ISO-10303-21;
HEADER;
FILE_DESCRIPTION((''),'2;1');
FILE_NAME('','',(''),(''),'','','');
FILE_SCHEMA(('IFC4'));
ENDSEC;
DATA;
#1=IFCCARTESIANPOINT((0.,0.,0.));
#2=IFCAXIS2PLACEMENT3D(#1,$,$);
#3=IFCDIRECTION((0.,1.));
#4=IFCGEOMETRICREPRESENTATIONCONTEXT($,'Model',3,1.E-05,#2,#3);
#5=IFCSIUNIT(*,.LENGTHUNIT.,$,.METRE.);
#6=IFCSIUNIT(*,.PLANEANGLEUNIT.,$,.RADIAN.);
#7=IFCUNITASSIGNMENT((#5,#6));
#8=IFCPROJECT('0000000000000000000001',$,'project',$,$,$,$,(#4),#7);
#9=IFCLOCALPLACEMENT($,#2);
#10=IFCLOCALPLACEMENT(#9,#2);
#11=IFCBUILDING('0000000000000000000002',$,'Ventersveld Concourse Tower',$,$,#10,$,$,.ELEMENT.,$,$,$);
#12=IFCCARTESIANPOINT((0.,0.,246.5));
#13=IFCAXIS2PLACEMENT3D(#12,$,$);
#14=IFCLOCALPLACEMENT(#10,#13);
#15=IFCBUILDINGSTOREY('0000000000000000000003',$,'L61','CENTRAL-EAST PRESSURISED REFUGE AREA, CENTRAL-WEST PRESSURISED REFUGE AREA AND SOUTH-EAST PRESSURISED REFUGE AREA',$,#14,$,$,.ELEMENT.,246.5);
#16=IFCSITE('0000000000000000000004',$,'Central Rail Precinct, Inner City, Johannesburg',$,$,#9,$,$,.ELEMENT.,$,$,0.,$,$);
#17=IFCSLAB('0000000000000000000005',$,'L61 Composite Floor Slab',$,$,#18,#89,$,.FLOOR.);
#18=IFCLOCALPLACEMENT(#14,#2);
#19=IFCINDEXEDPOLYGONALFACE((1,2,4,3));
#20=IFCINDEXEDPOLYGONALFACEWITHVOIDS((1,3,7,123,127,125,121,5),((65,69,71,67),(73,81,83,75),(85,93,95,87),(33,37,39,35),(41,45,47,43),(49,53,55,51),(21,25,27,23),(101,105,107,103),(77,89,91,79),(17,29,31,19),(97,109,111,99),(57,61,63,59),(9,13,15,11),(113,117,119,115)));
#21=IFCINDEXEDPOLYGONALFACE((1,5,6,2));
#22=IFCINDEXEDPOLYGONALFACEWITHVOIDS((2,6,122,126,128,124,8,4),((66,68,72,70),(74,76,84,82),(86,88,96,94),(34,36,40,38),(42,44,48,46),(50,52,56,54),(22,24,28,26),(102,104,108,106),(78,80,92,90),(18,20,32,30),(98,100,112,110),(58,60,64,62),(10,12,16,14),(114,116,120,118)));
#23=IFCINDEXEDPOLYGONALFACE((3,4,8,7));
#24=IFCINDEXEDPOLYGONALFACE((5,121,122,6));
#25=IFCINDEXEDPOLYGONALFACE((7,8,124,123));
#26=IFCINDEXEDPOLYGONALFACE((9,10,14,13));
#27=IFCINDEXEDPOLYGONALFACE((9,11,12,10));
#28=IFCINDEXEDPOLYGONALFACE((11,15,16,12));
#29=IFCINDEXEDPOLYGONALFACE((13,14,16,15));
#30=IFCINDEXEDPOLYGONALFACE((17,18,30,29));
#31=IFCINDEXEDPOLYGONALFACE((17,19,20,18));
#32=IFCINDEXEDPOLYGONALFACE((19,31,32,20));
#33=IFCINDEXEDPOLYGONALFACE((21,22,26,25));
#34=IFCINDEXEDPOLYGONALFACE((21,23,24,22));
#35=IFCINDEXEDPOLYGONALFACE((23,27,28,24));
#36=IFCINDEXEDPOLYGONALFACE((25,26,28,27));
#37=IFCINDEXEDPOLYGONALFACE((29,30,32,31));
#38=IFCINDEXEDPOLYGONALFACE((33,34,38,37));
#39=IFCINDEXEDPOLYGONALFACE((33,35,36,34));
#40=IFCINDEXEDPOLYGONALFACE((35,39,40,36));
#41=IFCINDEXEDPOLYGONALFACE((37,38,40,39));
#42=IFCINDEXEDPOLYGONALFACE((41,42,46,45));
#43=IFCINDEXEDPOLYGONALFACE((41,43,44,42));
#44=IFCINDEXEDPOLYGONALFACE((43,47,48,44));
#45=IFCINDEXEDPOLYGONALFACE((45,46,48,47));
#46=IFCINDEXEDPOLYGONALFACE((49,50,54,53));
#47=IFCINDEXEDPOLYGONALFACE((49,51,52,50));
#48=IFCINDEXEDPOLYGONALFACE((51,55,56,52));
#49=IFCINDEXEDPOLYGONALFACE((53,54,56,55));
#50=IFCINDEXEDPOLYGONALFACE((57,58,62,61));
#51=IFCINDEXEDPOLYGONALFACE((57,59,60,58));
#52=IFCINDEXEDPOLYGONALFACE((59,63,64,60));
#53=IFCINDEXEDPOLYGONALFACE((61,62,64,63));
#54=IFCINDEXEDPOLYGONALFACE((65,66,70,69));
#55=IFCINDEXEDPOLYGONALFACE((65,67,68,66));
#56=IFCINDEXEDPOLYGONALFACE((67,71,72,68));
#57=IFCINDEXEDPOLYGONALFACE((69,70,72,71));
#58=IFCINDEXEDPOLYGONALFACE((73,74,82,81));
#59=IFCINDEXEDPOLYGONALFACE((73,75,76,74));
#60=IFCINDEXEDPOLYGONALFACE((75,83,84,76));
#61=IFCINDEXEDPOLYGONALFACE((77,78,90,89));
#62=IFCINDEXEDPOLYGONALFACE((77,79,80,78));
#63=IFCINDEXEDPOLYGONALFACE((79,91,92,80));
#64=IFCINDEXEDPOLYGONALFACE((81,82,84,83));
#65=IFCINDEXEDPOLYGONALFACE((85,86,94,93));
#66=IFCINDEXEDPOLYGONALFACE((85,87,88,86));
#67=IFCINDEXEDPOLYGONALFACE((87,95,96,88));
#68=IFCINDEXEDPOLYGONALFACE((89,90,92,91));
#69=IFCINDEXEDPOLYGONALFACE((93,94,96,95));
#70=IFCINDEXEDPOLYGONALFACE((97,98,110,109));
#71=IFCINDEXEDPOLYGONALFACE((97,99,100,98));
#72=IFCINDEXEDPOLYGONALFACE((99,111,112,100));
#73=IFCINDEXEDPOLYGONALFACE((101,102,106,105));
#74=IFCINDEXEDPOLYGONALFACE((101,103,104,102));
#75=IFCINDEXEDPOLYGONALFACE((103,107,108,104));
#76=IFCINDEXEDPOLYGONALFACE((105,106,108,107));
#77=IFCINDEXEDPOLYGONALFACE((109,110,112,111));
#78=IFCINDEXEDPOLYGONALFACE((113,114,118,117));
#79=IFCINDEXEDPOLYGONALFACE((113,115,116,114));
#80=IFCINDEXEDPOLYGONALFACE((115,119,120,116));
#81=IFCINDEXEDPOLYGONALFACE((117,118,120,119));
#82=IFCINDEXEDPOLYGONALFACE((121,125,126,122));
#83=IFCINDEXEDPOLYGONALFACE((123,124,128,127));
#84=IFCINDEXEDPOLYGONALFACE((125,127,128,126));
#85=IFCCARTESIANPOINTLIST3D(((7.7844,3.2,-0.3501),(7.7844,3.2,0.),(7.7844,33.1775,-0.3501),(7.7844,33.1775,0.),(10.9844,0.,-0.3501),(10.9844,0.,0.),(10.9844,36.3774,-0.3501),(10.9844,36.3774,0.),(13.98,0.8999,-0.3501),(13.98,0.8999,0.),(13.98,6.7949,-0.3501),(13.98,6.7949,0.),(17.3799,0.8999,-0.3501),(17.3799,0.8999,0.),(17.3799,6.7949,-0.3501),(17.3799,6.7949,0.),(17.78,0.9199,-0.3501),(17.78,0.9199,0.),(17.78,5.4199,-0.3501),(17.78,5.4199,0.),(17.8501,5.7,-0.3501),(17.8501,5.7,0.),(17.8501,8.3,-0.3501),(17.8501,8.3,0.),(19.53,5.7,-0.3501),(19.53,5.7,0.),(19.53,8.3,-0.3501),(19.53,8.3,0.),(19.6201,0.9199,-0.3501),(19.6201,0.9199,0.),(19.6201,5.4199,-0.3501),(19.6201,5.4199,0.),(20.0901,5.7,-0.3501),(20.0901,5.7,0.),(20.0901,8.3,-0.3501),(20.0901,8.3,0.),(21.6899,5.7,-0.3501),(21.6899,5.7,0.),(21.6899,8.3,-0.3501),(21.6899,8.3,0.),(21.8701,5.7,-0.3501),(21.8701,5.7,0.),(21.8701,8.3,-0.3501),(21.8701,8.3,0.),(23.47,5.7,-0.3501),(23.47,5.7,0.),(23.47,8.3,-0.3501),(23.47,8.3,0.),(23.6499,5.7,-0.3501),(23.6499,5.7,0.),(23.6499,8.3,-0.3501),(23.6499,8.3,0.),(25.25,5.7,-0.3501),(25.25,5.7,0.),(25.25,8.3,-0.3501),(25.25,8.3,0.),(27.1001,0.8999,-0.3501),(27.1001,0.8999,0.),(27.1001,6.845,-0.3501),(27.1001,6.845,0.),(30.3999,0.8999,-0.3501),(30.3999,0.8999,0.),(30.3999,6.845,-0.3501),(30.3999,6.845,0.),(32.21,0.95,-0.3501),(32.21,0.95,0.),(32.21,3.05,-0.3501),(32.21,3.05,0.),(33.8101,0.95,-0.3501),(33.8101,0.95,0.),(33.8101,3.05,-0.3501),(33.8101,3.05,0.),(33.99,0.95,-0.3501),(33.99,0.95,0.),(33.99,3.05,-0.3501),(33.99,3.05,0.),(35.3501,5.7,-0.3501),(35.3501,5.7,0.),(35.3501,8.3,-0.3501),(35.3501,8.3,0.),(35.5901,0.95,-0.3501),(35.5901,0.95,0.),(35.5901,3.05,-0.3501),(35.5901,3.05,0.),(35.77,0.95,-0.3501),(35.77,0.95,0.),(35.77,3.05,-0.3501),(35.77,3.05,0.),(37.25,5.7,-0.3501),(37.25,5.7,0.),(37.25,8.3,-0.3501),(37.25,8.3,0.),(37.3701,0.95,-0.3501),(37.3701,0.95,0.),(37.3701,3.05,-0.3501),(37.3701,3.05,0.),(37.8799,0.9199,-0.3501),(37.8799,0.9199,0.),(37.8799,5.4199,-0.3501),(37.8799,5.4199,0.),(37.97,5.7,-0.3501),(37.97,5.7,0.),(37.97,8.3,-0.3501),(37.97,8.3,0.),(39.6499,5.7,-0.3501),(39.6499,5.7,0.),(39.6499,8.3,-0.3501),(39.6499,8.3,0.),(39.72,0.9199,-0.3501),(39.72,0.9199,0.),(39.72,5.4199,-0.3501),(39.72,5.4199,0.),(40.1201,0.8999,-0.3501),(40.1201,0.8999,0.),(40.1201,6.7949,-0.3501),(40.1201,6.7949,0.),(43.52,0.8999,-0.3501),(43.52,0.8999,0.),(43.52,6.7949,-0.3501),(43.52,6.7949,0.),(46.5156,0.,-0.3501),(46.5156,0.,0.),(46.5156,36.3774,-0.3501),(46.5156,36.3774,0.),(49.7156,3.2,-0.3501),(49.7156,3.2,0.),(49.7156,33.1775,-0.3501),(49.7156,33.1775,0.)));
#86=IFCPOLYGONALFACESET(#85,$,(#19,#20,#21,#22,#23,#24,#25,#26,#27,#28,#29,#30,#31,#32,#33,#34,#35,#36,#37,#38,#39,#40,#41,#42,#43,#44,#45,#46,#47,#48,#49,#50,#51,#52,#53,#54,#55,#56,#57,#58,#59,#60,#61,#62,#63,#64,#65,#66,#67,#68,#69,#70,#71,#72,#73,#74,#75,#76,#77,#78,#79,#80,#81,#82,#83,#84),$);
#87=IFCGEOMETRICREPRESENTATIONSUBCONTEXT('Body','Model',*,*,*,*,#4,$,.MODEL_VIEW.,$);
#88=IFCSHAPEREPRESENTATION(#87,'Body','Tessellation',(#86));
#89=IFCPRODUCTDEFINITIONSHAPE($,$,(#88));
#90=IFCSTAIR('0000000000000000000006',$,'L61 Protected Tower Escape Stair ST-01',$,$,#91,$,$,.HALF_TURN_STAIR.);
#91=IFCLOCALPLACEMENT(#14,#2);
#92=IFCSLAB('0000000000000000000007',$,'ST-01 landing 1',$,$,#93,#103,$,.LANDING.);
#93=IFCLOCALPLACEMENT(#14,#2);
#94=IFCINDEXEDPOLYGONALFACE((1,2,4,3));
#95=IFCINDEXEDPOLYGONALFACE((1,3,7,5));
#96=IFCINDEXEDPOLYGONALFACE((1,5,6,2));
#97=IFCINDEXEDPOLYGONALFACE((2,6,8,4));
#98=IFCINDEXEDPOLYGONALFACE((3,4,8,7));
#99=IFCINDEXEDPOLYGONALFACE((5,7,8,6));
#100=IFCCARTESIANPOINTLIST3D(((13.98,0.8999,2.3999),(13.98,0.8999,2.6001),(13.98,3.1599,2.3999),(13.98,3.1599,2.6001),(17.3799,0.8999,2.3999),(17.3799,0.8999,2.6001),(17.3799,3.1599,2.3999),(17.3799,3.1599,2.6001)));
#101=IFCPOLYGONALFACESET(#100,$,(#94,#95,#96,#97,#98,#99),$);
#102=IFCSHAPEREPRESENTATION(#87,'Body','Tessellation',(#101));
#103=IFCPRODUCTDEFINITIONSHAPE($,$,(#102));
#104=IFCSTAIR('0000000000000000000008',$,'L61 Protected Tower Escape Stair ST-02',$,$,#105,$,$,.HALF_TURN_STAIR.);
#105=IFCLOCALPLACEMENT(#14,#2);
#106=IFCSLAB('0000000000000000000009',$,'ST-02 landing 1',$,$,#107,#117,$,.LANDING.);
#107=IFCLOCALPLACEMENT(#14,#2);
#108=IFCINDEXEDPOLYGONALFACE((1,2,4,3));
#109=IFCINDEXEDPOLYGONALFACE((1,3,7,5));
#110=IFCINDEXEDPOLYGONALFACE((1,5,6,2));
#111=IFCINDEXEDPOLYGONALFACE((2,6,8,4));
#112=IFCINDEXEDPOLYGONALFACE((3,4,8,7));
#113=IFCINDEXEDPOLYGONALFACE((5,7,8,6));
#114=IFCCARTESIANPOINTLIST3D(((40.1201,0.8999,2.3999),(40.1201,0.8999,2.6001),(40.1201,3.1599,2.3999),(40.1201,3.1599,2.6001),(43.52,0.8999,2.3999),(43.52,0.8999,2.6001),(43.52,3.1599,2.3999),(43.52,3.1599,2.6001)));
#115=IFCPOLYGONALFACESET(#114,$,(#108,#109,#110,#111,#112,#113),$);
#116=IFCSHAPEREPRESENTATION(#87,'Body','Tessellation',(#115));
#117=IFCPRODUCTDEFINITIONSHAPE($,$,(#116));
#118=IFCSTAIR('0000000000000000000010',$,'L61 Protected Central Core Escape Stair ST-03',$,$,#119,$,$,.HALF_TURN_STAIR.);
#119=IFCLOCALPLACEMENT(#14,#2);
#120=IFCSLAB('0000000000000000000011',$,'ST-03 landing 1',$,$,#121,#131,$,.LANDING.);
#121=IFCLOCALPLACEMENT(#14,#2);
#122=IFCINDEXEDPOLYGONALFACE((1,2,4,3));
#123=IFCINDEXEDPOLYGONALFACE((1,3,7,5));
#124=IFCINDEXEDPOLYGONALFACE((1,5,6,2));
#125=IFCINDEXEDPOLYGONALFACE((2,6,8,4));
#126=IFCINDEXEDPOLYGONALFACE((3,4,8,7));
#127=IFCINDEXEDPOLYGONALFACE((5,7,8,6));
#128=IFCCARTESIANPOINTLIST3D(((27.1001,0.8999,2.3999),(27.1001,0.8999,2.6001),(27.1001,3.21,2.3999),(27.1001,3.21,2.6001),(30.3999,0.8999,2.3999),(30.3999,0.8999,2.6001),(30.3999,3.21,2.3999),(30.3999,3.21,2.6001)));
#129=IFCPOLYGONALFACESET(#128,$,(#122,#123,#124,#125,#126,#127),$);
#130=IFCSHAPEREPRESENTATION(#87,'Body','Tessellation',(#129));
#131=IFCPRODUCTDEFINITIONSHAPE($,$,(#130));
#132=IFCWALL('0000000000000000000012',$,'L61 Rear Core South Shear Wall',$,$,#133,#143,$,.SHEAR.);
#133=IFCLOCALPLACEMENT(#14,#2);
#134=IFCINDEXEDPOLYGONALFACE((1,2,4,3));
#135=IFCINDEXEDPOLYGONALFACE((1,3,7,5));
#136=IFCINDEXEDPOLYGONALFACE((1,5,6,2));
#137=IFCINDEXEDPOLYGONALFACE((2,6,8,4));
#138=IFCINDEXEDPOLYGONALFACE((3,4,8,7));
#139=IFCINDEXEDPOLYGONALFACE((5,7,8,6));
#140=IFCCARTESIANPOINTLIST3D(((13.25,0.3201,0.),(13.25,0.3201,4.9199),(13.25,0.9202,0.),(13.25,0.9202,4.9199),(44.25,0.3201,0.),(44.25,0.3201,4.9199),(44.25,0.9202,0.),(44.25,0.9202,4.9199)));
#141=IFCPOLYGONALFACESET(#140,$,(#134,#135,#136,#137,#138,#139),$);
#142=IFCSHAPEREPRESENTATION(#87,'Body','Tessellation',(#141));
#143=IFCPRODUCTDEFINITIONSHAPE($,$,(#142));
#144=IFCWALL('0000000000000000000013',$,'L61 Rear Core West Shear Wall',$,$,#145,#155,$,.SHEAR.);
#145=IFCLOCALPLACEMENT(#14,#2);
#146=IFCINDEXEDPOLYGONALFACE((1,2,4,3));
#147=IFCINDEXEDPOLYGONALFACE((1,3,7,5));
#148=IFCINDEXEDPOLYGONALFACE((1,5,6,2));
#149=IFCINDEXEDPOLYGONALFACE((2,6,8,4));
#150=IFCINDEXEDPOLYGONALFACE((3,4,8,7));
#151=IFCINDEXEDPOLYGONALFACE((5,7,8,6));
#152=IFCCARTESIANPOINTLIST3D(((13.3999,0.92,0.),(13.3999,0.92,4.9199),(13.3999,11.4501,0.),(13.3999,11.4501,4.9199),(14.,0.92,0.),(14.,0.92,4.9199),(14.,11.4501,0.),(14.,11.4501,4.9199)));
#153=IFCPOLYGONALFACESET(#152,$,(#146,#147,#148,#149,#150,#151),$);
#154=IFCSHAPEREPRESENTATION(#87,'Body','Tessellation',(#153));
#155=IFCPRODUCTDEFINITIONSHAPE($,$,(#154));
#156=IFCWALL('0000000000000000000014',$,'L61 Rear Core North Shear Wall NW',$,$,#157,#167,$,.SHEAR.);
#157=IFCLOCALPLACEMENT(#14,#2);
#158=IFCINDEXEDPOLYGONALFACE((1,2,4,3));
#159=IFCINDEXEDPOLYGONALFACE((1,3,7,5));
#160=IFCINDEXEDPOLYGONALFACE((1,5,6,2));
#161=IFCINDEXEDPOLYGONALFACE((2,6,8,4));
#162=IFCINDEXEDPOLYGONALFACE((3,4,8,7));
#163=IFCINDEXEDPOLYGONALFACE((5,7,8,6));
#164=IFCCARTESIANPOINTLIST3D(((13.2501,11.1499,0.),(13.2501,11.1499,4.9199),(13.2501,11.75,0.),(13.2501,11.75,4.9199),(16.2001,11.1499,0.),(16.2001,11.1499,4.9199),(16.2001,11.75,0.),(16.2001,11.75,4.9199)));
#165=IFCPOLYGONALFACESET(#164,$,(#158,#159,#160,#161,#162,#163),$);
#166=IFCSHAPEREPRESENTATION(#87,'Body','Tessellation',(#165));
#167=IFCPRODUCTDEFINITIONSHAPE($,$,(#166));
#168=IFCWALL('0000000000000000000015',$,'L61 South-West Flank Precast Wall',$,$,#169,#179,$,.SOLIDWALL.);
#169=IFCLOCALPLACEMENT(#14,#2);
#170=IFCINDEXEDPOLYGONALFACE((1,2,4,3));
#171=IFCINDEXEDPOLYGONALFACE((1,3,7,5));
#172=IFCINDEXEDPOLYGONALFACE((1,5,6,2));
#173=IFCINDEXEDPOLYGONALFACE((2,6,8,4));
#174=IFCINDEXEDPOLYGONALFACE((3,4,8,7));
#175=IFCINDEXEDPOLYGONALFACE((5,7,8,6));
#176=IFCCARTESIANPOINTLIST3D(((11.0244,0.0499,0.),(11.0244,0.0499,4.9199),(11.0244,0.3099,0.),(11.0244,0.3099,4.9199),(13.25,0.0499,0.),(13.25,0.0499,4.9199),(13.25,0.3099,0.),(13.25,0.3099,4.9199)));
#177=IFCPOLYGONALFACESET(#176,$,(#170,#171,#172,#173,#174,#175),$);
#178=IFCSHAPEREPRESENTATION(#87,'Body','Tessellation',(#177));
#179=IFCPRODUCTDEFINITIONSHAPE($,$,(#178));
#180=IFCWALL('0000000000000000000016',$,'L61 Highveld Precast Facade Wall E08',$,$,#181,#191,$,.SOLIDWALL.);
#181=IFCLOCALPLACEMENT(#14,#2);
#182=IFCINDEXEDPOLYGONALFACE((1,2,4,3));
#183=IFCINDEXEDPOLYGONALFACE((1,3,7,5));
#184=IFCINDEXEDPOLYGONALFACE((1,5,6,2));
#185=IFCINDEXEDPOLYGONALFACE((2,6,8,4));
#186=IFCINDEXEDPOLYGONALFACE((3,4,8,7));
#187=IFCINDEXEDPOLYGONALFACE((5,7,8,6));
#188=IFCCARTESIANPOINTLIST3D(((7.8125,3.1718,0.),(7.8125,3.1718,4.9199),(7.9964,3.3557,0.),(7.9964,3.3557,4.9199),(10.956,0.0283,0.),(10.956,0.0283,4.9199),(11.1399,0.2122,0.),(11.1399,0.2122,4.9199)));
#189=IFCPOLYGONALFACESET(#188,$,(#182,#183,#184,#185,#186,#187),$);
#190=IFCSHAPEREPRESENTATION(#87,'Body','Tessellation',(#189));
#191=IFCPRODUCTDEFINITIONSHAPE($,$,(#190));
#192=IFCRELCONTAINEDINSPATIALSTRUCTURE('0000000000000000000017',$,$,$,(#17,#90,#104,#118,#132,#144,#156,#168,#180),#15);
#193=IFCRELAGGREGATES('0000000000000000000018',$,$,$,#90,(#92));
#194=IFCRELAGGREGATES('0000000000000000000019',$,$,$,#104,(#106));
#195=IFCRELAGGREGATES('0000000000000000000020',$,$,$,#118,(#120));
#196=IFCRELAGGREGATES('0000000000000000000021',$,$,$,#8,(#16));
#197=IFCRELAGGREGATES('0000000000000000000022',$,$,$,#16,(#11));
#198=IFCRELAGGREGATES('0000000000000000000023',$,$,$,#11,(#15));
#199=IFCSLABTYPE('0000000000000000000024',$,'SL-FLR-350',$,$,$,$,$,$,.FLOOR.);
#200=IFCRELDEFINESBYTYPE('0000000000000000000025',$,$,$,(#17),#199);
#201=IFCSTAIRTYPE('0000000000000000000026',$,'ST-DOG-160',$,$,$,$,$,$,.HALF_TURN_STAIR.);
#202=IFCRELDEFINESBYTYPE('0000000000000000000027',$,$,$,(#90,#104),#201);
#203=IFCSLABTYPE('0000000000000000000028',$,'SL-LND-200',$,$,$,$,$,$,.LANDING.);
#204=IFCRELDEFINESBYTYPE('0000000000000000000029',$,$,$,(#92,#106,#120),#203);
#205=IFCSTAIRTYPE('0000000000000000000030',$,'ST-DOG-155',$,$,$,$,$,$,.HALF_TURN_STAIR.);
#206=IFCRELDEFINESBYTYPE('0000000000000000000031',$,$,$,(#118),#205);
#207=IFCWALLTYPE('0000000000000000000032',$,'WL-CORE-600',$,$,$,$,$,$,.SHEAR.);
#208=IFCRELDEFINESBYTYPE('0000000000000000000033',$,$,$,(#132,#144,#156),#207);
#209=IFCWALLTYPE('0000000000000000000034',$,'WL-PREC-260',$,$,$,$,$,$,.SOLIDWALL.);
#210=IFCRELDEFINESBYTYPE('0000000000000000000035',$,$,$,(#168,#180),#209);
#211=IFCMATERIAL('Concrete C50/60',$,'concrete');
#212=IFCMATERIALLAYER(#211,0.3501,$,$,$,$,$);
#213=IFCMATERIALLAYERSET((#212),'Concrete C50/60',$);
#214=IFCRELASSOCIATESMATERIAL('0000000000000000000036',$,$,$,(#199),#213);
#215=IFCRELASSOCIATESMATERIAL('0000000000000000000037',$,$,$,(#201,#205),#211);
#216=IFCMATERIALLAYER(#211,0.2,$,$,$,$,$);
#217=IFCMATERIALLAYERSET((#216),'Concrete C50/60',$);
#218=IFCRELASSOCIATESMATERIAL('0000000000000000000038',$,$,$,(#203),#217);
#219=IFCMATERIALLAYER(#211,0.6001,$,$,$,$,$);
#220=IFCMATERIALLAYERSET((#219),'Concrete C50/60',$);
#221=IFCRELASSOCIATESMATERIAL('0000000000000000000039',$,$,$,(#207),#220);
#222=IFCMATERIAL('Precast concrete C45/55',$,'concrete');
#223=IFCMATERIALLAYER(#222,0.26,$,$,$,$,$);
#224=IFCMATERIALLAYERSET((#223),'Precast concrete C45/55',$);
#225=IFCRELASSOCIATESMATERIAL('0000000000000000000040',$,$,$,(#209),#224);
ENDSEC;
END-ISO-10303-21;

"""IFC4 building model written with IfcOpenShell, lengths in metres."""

from ifc_helpers import new_model, si_unit, direction, frame, frame_2d, origin, place, context, subcontext, project, spatial, polyline, rectangle, outline, extrude, material, layer, layer_set, type_object, element, aggregate, save


model = new_model("IFC4")

# Units and contexts
model_context = context("Model", 3, precision=1e-05, world=origin(), true_north=direction((0.0, 1.0)))
body_context = subcontext(model_context, "Body", "Model", "MODEL_VIEW")
ifc_project = project(units=[si_unit("LENGTHUNIT", "METRE"), si_unit("PLANEANGLEUNIT", "RADIAN")], contexts=[model_context])

# Site, building, storey
site_placement = place(None, origin())
site = spatial("IfcSite", under=ifc_project, at=site_placement, Name="Central Rail Precinct, Inner City, Johannesburg", CompositionType="ELEMENT", RefElevation=0.0)
building_placement = place(site_placement, origin())
building = spatial("IfcBuilding", under=site, at=building_placement, Name="Ventersveld Concourse Tower", CompositionType="ELEMENT")
storey_placement = place(building_placement, frame((0.0, 0.0, 246.5)))
storey = spatial("IfcBuildingStorey", under=building, at=storey_placement, Name="L61", Description="CENTRAL-EAST PRESSURISED REFUGE AREA, CENTRAL-WEST PRESSURISED REFUGE AREA AND SOUTH-EAST PRESSURISED REFUGE AREA", CompositionType="ELEMENT", Elevation=246.5)

# Shared definitions
ifc_material_1 = material(Name="Concrete C50/60", Category="concrete")

# Slab
ifc_layer_1 = layer(ifc_material_1, 0.3501)
ifc_layer_set_1 = layer_set([ifc_layer_1], Name="Concrete C50/60")
slab_type_1 = type_object("IfcSlabType", Name="SL-FLR-350", PredefinedType="FLOOR", material=ifc_layer_set_1)
slab_1_placement = place(storey_placement, frame((0.0, 0.0, -0.3501)))
element("IfcSlab", 1, at=slab_1_placement, inside=storey, type_object=slab_type_1, Name="L61 Composite Floor Slab", PredefinedType="FLOOR", context=body_context, shape_type="SweptSolid", body=[
    extrude(outline(polyline([(10.9844, 0.0), (46.5156, 0.0), (49.7156, 3.2), (49.7156, 33.1775), (46.5156, 36.3774), (10.9844, 36.3774), (7.7844, 33.1775), (7.7844, 3.2), (10.9844, 0.0)]), holes=[polyline([(13.98, 6.7949), (13.98, 0.8999), (17.3799, 0.8999), (17.3799, 6.7949), (13.98, 6.7949)]), polyline([(40.1201, 6.7949), (40.1201, 0.8999), (43.52, 0.8999), (43.52, 6.7949), (40.1201, 6.7949)]), polyline([(27.1001, 6.845), (27.1001, 0.8999), (30.3999, 0.8999), (30.3999, 6.845), (27.1001, 6.845)]), polyline([(17.8501, 5.7), (19.53, 5.7), (19.53, 8.3), (17.8501, 8.3), (17.8501, 5.7)]), polyline([(37.97, 5.7), (39.6499, 5.7), (39.6499, 8.3), (37.97, 8.3), (37.97, 5.7)]), polyline([(35.3501, 5.7), (37.25, 5.7), (37.25, 8.3), (35.3501, 8.3), (35.3501, 5.7)]), polyline([(32.21, 0.95), (33.8101, 0.95), (33.8101, 3.05), (32.21, 3.05), (32.21, 0.95)]), polyline([(33.99, 0.95), (35.5901, 0.95), (35.5901, 3.05), (33.99, 3.05), (33.99, 0.95)]), polyline([(35.77, 0.95), (37.3701, 0.95), (37.3701, 3.05), (35.77, 3.05), (35.77, 0.95)]), polyline([(20.0901, 5.7), (21.6899, 5.7), (21.6899, 8.3), (20.0901, 8.3), (20.0901, 5.7)]), polyline([(21.8701, 5.7), (23.47, 5.7), (23.47, 8.3), (21.8701, 8.3), (21.8701, 5.7)]), polyline([(23.6499, 5.7), (25.25, 5.7), (25.25, 8.3), (23.6499, 8.3), (23.6499, 5.7)]), polyline([(17.78, 0.9199), (19.6201, 0.9199), (19.6201, 5.4199), (17.78, 5.4199), (17.78, 0.9199)]), polyline([(37.8799, 0.9199), (39.72, 0.9199), (39.72, 5.4199), (37.8799, 5.4199), (37.8799, 0.9199)])]), origin(), (0.0, 0.0, 1.0), 0.3501),
])

# Stairs, slabs
stair_type_1 = type_object("IfcStairType", Name="ST-DOG-160", PredefinedType="HALF_TURN_STAIR", material=ifc_material_1)
stair_1_placement = place(storey_placement, origin())
stair_1 = element("IfcStair", 2, at=stair_1_placement, inside=storey, type_object=stair_type_1, Name="L61 Protected Tower Escape Stair ST-01", PredefinedType="HALF_TURN_STAIR")
ifc_layer_2 = layer(ifc_material_1, 0.2)
ifc_layer_set_2 = layer_set([ifc_layer_2], Name="Concrete C50/60")
slab_type_2 = type_object("IfcSlabType", Name="SL-LND-200", PredefinedType="LANDING", material=ifc_layer_set_2)
slab_2_placement = place(storey_placement, frame((0.0, 0.0, 2.3999)))
slab_2 = element("IfcSlab", 3, at=slab_2_placement, type_object=slab_type_2, Name="ST-01 landing 1", PredefinedType="LANDING", context=body_context, shape_type="SweptSolid", body=[
    extrude(outline(polyline([(13.98, 3.1599), (13.98, 0.8999), (17.3799, 0.8999), (17.3799, 3.1599), (13.98, 3.1599)])), origin(), (0.0, 0.0, 1.0), 0.2002),
])
aggregate(stair_1, [slab_2])
stair_2_placement = place(storey_placement, origin())
stair_2 = element("IfcStair", 4, at=stair_2_placement, inside=storey, type_object=stair_type_1, Name="L61 Protected Tower Escape Stair ST-02", PredefinedType="HALF_TURN_STAIR")
slab_3_placement = place(storey_placement, frame((0.0, 0.0, 2.3999)))
slab_3 = element("IfcSlab", 5, at=slab_3_placement, type_object=slab_type_2, Name="ST-02 landing 1", PredefinedType="LANDING", context=body_context, shape_type="SweptSolid", body=[
    extrude(outline(polyline([(40.1201, 3.1599), (40.1201, 0.8999), (43.52, 0.8999), (43.52, 3.1599), (40.1201, 3.1599)])), origin(), (0.0, 0.0, 1.0), 0.2002),
])
aggregate(stair_2, [slab_3])
stair_type_2 = type_object("IfcStairType", Name="ST-DOG-155", PredefinedType="HALF_TURN_STAIR", material=ifc_material_1)
stair_3_placement = place(storey_placement, origin())
stair_3 = element("IfcStair", 6, at=stair_3_placement, inside=storey, type_object=stair_type_2, Name="L61 Protected Central Core Escape Stair ST-03", PredefinedType="HALF_TURN_STAIR")
slab_4_placement = place(storey_placement, frame((0.0, 0.0, 2.3999)))
slab_4 = element("IfcSlab", 7, at=slab_4_placement, type_object=slab_type_2, Name="ST-03 landing 1", PredefinedType="LANDING", context=body_context, shape_type="SweptSolid", body=[
    extrude(outline(polyline([(27.1001, 3.21), (27.1001, 0.8999), (30.3999, 0.8999), (30.3999, 3.21), (27.1001, 3.21)])), origin(), (0.0, 0.0, 1.0), 0.2002),
])
aggregate(stair_3, [slab_4])

# Walls
ifc_layer_3 = layer(ifc_material_1, 0.6001)
ifc_layer_set_3 = layer_set([ifc_layer_3], Name="Concrete C50/60")
wall_type_1 = type_object("IfcWallType", Name="WL-CORE-600", PredefinedType="SHEAR", material=ifc_layer_set_3)
wall_1_placement = place(storey_placement, frame((13.25, 0.6201, 0.0), z_axis=(0.0, 0.0, 1.0), x_axis=(1.0, 0.0, 0.0)))
element("IfcWall", 8, at=wall_1_placement, inside=storey, type_object=wall_type_1, Name="L61 Rear Core South Shear Wall", PredefinedType="SHEAR", context=body_context, shape_type="SweptSolid", body=[
    extrude(rectangle(XDim=31.0, YDim=0.6001, at=frame_2d((15.5, 0.0))), origin(), (0.0, 0.0, 1.0), 4.9199),
])
wall_2_placement = place(storey_placement, frame((13.7, 0.9199, 0.0), z_axis=(0.0, 0.0, 1.0), x_axis=(0.0, 1.0, 0.0)))
element("IfcWall", 9, at=wall_2_placement, inside=storey, type_object=wall_type_1, Name="L61 Rear Core West Shear Wall", PredefinedType="SHEAR", context=body_context, shape_type="SweptSolid", body=[
    extrude(rectangle(XDim=10.53, YDim=0.6001, at=frame_2d((5.2651, 0.0))), origin(), (0.0, 0.0, 1.0), 4.9199),
])
wall_3_placement = place(storey_placement, frame((13.25, 11.45, 0.0), z_axis=(0.0, 0.0, 1.0), x_axis=(1.0, 0.0, 0.0)))
element("IfcWall", 10, at=wall_3_placement, inside=storey, type_object=wall_type_1, Name="L61 Rear Core North Shear Wall NW", PredefinedType="SHEAR", context=body_context, shape_type="SweptSolid", body=[
    extrude(rectangle(XDim=2.95, YDim=0.6001, at=frame_2d((1.4751, 0.0))), origin(), (0.0, 0.0, 1.0), 4.9199),
])
ifc_material_2 = material(Name="Precast concrete C45/55", Category="concrete")
ifc_layer_4 = layer(ifc_material_2, 0.26)
ifc_layer_set_4 = layer_set([ifc_layer_4], Name="Precast concrete C45/55")
wall_type_2 = type_object("IfcWallType", Name="WL-PREC-260", PredefinedType="SOLIDWALL", material=ifc_layer_set_4)
wall_4_placement = place(storey_placement, frame((11.0244, 0.1799, 0.0), z_axis=(0.0, 0.0, 1.0), x_axis=(1.0, 0.0, 0.0)))
element("IfcWall", 11, at=wall_4_placement, inside=storey, type_object=wall_type_2, Name="L61 South-West Flank Precast Wall", PredefinedType="SOLIDWALL", context=body_context, shape_type="SweptSolid", body=[
    extrude(rectangle(XDim=2.2256, YDim=0.26, at=frame_2d((1.1128, 0.0))), origin(), (0.0, 0.0, 1.0), 4.9199),
])
wall_5_placement = place(storey_placement, frame((7.9045, 3.2637, 0.0), z_axis=(0.0, 0.0, 1.0), x_axis=(0.707107, -0.707107, 0.0)))
element("IfcWall", 12, at=wall_5_placement, inside=storey, type_object=wall_type_2, Name="L61 Highveld Precast Facade Wall E08", PredefinedType="SOLIDWALL", context=body_context, shape_type="SweptSolid", body=[
    extrude(rectangle(XDim=4.4456, YDim=0.26, at=frame_2d((2.2227, 0.0))), origin(), (0.0, 0.0, 1.0), 4.9199),
])

save(model, "model.ifc")
